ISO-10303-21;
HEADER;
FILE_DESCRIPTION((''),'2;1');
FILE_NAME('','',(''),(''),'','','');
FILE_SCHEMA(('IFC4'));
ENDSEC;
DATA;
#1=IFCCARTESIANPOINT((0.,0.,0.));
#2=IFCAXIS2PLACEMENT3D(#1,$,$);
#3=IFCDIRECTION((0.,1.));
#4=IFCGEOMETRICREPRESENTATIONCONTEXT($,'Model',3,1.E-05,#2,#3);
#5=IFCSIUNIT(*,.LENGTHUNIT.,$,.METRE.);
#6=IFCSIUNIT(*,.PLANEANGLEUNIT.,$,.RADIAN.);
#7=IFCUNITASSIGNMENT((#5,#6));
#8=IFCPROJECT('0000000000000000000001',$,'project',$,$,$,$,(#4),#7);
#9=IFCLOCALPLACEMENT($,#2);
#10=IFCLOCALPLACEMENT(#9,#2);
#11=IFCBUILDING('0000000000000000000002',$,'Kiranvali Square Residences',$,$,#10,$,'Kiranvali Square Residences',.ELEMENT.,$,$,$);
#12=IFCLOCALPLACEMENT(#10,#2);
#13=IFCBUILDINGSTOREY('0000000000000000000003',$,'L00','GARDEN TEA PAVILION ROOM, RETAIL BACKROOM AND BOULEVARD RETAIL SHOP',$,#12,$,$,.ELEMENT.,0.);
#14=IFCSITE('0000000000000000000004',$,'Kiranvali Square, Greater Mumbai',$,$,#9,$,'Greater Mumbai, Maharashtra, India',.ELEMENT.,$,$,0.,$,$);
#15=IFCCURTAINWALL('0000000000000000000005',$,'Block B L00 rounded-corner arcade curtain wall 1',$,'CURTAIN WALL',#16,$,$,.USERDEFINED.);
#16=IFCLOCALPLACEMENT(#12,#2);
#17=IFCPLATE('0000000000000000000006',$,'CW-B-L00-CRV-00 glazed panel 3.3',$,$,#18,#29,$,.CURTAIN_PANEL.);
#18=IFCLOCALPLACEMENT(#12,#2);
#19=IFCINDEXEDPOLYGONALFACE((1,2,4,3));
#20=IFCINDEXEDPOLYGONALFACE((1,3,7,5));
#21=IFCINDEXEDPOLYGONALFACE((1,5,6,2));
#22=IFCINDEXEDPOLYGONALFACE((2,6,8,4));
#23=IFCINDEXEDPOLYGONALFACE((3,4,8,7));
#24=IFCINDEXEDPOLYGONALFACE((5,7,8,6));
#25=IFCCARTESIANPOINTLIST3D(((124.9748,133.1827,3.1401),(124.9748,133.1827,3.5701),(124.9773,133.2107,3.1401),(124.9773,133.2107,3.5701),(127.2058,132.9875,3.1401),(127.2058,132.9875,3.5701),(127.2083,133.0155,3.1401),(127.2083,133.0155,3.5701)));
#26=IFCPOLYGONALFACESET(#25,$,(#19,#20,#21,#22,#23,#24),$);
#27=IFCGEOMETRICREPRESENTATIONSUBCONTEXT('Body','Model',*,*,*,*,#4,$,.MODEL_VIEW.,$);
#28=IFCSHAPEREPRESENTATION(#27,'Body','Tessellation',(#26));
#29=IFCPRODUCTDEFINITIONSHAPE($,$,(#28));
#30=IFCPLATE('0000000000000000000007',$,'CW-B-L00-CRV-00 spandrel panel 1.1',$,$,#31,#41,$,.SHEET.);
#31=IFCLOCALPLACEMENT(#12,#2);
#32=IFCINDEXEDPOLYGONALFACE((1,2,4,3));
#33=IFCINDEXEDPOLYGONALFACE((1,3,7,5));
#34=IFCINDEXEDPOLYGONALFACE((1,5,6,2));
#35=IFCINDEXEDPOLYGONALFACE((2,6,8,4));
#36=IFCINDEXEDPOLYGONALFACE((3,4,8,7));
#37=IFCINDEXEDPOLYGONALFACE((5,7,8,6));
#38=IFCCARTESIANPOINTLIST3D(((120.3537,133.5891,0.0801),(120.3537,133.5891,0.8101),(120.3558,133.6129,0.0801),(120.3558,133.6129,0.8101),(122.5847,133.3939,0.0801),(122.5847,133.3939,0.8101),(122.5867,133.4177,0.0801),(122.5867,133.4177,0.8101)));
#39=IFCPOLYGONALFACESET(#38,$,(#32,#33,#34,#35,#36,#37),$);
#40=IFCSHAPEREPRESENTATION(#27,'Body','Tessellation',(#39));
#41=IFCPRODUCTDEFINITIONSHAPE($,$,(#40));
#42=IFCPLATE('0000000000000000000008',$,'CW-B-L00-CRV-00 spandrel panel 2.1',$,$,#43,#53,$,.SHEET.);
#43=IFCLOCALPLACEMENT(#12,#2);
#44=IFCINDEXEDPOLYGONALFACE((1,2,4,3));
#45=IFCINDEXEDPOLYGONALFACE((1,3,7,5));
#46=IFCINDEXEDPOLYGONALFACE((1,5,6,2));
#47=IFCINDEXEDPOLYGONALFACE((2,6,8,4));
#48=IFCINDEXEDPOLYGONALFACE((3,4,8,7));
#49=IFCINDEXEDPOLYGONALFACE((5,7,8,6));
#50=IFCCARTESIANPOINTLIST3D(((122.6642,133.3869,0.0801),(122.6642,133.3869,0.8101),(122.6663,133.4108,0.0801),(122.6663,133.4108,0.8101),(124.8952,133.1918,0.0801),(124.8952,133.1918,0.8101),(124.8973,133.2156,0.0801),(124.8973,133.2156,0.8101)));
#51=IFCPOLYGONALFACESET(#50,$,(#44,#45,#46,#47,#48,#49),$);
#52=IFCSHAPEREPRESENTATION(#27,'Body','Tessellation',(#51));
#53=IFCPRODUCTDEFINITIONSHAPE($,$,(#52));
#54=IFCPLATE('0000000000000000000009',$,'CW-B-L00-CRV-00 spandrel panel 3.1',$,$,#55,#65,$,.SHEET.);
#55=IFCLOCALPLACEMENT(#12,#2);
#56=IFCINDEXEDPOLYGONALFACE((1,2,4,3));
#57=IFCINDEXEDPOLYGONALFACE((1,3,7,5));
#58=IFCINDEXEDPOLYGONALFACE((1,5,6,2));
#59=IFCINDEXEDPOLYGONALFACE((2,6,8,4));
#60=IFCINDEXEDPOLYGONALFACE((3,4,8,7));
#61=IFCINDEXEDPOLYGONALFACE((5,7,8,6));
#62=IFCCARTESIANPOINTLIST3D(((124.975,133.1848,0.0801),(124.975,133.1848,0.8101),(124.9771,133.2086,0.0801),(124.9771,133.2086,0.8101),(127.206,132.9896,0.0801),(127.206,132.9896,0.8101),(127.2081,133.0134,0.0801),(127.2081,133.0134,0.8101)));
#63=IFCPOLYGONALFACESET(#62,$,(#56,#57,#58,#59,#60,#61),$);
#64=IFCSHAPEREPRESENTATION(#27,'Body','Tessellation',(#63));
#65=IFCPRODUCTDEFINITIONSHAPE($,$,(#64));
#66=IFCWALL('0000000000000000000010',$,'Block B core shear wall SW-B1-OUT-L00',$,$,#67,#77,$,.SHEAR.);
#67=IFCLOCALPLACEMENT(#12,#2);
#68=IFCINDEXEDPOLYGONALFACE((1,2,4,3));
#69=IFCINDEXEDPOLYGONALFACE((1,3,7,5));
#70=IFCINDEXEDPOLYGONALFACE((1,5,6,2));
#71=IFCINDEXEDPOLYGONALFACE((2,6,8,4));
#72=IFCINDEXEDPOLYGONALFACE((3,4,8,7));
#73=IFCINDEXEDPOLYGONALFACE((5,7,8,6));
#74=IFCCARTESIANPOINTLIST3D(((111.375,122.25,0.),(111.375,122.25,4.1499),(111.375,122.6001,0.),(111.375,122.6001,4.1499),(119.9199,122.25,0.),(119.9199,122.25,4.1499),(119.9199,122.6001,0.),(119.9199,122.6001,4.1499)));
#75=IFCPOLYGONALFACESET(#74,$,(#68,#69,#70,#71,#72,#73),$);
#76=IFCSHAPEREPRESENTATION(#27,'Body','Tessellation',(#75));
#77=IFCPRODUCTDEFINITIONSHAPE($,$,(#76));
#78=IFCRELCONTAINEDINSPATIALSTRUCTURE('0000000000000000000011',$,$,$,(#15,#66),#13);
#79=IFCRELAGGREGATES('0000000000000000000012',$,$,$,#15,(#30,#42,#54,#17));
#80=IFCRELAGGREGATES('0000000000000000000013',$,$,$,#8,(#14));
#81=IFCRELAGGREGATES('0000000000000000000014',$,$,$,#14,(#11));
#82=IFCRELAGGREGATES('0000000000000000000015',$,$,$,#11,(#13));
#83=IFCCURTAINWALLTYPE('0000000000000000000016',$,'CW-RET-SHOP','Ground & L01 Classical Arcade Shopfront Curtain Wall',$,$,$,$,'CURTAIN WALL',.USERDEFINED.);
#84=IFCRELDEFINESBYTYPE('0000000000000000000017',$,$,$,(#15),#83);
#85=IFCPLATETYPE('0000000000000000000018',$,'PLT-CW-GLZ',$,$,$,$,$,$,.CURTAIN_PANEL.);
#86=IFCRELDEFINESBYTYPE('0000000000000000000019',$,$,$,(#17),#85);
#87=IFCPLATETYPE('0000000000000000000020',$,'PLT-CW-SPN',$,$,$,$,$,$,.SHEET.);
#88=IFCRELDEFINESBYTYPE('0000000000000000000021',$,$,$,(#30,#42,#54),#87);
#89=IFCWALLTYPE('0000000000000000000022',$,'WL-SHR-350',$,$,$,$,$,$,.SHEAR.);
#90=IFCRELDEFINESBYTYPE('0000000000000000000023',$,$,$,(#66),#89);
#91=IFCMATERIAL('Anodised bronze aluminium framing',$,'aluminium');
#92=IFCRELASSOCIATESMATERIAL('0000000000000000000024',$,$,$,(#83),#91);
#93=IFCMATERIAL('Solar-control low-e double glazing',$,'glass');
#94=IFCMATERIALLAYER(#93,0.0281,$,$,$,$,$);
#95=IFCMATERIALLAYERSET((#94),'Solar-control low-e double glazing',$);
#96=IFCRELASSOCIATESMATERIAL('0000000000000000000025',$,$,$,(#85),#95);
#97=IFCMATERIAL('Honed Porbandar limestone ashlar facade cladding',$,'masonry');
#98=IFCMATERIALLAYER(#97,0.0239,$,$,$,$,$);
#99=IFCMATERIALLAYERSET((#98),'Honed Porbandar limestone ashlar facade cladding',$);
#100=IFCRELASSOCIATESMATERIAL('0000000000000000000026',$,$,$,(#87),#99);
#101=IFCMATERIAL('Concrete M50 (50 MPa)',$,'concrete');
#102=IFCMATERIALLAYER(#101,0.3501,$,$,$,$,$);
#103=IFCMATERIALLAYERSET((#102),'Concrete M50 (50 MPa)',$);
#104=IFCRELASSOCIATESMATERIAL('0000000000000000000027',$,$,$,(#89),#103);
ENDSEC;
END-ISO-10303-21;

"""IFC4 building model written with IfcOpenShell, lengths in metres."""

from ifc_helpers import new_model, si_unit, direction, frame, frame_2d, origin, origin_2d, place, context, subcontext, project, spatial, rectangle, extrude, material, layer, layer_set, type_object, element, aggregate, save


model = new_model("IFC4")

# Units and contexts
model_context = context("Model", 3, precision=1e-05, world=origin(), true_north=direction((0.0, 1.0)))
body_context = subcontext(model_context, "Body", "Model", "MODEL_VIEW")
ifc_project = project(units=[si_unit("LENGTHUNIT", "METRE"), si_unit("PLANEANGLEUNIT", "RADIAN")], contexts=[model_context])

# Site, building, storey
site_placement = place(None, origin())
site = spatial("IfcSite", under=ifc_project, at=site_placement, Name="Kiranvali Square, Greater Mumbai", LongName="Greater Mumbai, Maharashtra, India", CompositionType="ELEMENT", RefElevation=0.0)
building_placement = place(site_placement, origin())
building = spatial("IfcBuilding", under=site, at=building_placement, Name="Kiranvali Square Residences", LongName="Kiranvali Square Residences", CompositionType="ELEMENT")
storey_placement = place(building_placement, origin())
storey = spatial("IfcBuildingStorey", under=building, at=storey_placement, Name="L00", Description="GARDEN TEA PAVILION ROOM, RETAIL BACKROOM AND BOULEVARD RETAIL SHOP", CompositionType="ELEMENT", Elevation=0.0)

# Shared definitions
ifc_material_1 = material(Name="Concrete M50 (50 MPa)", Category="concrete")

# Curtain wall
ifc_material_2 = material(Name="Anodised bronze aluminium framing", Category="aluminium")
curtain_wall_type = type_object("IfcCurtainWallType", Name="CW-RET-SHOP", Description="Ground & L01 Classical Arcade Shopfront Curtain Wall", ElementType="CURTAIN WALL", PredefinedType="USERDEFINED", material=ifc_material_2)
curtain_wall_placement = place(storey_placement, origin())
curtain_wall = element("IfcCurtainWall", 1, at=curtain_wall_placement, inside=storey, type_object=curtain_wall_type, Name="Block B L00 rounded-corner arcade curtain wall 1", ObjectType="CURTAIN WALL", PredefinedType="USERDEFINED")

# Plates
ifc_material_3 = material(Name="Solar-control low-e double glazing", Category="glass")
ifc_layer_1 = layer(ifc_material_3, 0.0281)
ifc_layer_set_1 = layer_set([ifc_layer_1], Name="Solar-control low-e double glazing")
plate_type_1 = type_object("IfcPlateType", Name="PLT-CW-GLZ", PredefinedType="CURTAIN_PANEL", material=ifc_layer_set_1)
plate_1_placement = place(storey_placement, frame((126.0916, 133.0991, 3.1401), z_axis=(0.0, 0.0, 1.0), x_axis=(0.996195, -0.087156, 0.0)))
plate_1 = element("IfcPlate", 2, at=plate_1_placement, type_object=plate_type_1, Name="CW-B-L00-CRV-00 glazed panel 3.3", PredefinedType="CURTAIN_PANEL", context=body_context, shape_type="SweptSolid", body=[
    extrude(rectangle(XDim=2.2395, YDim=0.0281, at=origin_2d()), origin(), (0.0, 0.0, 1.0), 0.4299),
])
ifc_material_4 = material(Name="Honed Porbandar limestone ashlar facade cladding", Category="masonry")
ifc_layer_2 = layer(ifc_material_4, 0.0239)
ifc_layer_set_2 = layer_set([ifc_layer_2], Name="Honed Porbandar limestone ashlar facade cladding")
plate_type_2 = type_object("IfcPlateType", Name="PLT-CW-SPN", PredefinedType="SHEET", material=ifc_layer_set_2)
plate_2_placement = place(storey_placement, frame((121.4702, 133.5034, 0.0801), z_axis=(0.0, 0.0, 1.0), x_axis=(0.996195, -0.087156, 0.0)))
plate_2 = element("IfcPlate", 3, at=plate_2_placement, type_object=plate_type_2, Name="CW-B-L00-CRV-00 spandrel panel 1.1", PredefinedType="SHEET", context=body_context, shape_type="SweptSolid", body=[
    extrude(rectangle(XDim=2.2395, YDim=0.0239, at=origin_2d()), origin(), (0.0, 0.0, 1.0), 0.73),
])
plate_3_placement = place(storey_placement, frame((123.7808, 133.3013, 0.0801), z_axis=(0.0, 0.0, 1.0), x_axis=(0.996195, -0.087156, 0.0)))
plate_3 = element("IfcPlate", 4, at=plate_3_placement, type_object=plate_type_2, Name="CW-B-L00-CRV-00 spandrel panel 2.1", PredefinedType="SHEET", context=body_context, shape_type="SweptSolid", body=[
    extrude(rectangle(XDim=2.2395, YDim=0.0239, at=origin_2d()), origin(), (0.0, 0.0, 1.0), 0.73),
])
plate_4_placement = place(storey_placement, frame((126.0916, 133.0991, 0.0801), z_axis=(0.0, 0.0, 1.0), x_axis=(0.996195, -0.087156, 0.0)))
plate_4 = element("IfcPlate", 5, at=plate_4_placement, type_object=plate_type_2, Name="CW-B-L00-CRV-00 spandrel panel 3.1", PredefinedType="SHEET", context=body_context, shape_type="SweptSolid", body=[
    extrude(rectangle(XDim=2.2395, YDim=0.0239, at=origin_2d()), origin(), (0.0, 0.0, 1.0), 0.73),
])
aggregate(curtain_wall, [plate_2, plate_3, plate_4, plate_1])

# Wall
ifc_layer_3 = layer(ifc_material_1, 0.3501)
ifc_layer_set_3 = layer_set([ifc_layer_3], Name="Concrete M50 (50 MPa)")
wall_type = type_object("IfcWallType", Name="WL-SHR-350", PredefinedType="SHEAR", material=ifc_layer_set_3)
wall_placement = place(storey_placement, frame((119.9199, 122.425, 0.0), z_axis=(0.0, 0.0, 1.0), x_axis=(-1.0, 0.0, 0.0)))
element("IfcWall", 6, at=wall_placement, inside=storey, type_object=wall_type, Name="Block B core shear wall SW-B1-OUT-L00", PredefinedType="SHEAR", context=body_context, shape_type="SweptSolid", body=[
    extrude(rectangle(XDim=8.5449, YDim=0.3501, at=frame_2d((4.2725, 0.0))), origin(), (0.0, 0.0, 1.0), 4.1499),
])

save(model, "model.ifc")
